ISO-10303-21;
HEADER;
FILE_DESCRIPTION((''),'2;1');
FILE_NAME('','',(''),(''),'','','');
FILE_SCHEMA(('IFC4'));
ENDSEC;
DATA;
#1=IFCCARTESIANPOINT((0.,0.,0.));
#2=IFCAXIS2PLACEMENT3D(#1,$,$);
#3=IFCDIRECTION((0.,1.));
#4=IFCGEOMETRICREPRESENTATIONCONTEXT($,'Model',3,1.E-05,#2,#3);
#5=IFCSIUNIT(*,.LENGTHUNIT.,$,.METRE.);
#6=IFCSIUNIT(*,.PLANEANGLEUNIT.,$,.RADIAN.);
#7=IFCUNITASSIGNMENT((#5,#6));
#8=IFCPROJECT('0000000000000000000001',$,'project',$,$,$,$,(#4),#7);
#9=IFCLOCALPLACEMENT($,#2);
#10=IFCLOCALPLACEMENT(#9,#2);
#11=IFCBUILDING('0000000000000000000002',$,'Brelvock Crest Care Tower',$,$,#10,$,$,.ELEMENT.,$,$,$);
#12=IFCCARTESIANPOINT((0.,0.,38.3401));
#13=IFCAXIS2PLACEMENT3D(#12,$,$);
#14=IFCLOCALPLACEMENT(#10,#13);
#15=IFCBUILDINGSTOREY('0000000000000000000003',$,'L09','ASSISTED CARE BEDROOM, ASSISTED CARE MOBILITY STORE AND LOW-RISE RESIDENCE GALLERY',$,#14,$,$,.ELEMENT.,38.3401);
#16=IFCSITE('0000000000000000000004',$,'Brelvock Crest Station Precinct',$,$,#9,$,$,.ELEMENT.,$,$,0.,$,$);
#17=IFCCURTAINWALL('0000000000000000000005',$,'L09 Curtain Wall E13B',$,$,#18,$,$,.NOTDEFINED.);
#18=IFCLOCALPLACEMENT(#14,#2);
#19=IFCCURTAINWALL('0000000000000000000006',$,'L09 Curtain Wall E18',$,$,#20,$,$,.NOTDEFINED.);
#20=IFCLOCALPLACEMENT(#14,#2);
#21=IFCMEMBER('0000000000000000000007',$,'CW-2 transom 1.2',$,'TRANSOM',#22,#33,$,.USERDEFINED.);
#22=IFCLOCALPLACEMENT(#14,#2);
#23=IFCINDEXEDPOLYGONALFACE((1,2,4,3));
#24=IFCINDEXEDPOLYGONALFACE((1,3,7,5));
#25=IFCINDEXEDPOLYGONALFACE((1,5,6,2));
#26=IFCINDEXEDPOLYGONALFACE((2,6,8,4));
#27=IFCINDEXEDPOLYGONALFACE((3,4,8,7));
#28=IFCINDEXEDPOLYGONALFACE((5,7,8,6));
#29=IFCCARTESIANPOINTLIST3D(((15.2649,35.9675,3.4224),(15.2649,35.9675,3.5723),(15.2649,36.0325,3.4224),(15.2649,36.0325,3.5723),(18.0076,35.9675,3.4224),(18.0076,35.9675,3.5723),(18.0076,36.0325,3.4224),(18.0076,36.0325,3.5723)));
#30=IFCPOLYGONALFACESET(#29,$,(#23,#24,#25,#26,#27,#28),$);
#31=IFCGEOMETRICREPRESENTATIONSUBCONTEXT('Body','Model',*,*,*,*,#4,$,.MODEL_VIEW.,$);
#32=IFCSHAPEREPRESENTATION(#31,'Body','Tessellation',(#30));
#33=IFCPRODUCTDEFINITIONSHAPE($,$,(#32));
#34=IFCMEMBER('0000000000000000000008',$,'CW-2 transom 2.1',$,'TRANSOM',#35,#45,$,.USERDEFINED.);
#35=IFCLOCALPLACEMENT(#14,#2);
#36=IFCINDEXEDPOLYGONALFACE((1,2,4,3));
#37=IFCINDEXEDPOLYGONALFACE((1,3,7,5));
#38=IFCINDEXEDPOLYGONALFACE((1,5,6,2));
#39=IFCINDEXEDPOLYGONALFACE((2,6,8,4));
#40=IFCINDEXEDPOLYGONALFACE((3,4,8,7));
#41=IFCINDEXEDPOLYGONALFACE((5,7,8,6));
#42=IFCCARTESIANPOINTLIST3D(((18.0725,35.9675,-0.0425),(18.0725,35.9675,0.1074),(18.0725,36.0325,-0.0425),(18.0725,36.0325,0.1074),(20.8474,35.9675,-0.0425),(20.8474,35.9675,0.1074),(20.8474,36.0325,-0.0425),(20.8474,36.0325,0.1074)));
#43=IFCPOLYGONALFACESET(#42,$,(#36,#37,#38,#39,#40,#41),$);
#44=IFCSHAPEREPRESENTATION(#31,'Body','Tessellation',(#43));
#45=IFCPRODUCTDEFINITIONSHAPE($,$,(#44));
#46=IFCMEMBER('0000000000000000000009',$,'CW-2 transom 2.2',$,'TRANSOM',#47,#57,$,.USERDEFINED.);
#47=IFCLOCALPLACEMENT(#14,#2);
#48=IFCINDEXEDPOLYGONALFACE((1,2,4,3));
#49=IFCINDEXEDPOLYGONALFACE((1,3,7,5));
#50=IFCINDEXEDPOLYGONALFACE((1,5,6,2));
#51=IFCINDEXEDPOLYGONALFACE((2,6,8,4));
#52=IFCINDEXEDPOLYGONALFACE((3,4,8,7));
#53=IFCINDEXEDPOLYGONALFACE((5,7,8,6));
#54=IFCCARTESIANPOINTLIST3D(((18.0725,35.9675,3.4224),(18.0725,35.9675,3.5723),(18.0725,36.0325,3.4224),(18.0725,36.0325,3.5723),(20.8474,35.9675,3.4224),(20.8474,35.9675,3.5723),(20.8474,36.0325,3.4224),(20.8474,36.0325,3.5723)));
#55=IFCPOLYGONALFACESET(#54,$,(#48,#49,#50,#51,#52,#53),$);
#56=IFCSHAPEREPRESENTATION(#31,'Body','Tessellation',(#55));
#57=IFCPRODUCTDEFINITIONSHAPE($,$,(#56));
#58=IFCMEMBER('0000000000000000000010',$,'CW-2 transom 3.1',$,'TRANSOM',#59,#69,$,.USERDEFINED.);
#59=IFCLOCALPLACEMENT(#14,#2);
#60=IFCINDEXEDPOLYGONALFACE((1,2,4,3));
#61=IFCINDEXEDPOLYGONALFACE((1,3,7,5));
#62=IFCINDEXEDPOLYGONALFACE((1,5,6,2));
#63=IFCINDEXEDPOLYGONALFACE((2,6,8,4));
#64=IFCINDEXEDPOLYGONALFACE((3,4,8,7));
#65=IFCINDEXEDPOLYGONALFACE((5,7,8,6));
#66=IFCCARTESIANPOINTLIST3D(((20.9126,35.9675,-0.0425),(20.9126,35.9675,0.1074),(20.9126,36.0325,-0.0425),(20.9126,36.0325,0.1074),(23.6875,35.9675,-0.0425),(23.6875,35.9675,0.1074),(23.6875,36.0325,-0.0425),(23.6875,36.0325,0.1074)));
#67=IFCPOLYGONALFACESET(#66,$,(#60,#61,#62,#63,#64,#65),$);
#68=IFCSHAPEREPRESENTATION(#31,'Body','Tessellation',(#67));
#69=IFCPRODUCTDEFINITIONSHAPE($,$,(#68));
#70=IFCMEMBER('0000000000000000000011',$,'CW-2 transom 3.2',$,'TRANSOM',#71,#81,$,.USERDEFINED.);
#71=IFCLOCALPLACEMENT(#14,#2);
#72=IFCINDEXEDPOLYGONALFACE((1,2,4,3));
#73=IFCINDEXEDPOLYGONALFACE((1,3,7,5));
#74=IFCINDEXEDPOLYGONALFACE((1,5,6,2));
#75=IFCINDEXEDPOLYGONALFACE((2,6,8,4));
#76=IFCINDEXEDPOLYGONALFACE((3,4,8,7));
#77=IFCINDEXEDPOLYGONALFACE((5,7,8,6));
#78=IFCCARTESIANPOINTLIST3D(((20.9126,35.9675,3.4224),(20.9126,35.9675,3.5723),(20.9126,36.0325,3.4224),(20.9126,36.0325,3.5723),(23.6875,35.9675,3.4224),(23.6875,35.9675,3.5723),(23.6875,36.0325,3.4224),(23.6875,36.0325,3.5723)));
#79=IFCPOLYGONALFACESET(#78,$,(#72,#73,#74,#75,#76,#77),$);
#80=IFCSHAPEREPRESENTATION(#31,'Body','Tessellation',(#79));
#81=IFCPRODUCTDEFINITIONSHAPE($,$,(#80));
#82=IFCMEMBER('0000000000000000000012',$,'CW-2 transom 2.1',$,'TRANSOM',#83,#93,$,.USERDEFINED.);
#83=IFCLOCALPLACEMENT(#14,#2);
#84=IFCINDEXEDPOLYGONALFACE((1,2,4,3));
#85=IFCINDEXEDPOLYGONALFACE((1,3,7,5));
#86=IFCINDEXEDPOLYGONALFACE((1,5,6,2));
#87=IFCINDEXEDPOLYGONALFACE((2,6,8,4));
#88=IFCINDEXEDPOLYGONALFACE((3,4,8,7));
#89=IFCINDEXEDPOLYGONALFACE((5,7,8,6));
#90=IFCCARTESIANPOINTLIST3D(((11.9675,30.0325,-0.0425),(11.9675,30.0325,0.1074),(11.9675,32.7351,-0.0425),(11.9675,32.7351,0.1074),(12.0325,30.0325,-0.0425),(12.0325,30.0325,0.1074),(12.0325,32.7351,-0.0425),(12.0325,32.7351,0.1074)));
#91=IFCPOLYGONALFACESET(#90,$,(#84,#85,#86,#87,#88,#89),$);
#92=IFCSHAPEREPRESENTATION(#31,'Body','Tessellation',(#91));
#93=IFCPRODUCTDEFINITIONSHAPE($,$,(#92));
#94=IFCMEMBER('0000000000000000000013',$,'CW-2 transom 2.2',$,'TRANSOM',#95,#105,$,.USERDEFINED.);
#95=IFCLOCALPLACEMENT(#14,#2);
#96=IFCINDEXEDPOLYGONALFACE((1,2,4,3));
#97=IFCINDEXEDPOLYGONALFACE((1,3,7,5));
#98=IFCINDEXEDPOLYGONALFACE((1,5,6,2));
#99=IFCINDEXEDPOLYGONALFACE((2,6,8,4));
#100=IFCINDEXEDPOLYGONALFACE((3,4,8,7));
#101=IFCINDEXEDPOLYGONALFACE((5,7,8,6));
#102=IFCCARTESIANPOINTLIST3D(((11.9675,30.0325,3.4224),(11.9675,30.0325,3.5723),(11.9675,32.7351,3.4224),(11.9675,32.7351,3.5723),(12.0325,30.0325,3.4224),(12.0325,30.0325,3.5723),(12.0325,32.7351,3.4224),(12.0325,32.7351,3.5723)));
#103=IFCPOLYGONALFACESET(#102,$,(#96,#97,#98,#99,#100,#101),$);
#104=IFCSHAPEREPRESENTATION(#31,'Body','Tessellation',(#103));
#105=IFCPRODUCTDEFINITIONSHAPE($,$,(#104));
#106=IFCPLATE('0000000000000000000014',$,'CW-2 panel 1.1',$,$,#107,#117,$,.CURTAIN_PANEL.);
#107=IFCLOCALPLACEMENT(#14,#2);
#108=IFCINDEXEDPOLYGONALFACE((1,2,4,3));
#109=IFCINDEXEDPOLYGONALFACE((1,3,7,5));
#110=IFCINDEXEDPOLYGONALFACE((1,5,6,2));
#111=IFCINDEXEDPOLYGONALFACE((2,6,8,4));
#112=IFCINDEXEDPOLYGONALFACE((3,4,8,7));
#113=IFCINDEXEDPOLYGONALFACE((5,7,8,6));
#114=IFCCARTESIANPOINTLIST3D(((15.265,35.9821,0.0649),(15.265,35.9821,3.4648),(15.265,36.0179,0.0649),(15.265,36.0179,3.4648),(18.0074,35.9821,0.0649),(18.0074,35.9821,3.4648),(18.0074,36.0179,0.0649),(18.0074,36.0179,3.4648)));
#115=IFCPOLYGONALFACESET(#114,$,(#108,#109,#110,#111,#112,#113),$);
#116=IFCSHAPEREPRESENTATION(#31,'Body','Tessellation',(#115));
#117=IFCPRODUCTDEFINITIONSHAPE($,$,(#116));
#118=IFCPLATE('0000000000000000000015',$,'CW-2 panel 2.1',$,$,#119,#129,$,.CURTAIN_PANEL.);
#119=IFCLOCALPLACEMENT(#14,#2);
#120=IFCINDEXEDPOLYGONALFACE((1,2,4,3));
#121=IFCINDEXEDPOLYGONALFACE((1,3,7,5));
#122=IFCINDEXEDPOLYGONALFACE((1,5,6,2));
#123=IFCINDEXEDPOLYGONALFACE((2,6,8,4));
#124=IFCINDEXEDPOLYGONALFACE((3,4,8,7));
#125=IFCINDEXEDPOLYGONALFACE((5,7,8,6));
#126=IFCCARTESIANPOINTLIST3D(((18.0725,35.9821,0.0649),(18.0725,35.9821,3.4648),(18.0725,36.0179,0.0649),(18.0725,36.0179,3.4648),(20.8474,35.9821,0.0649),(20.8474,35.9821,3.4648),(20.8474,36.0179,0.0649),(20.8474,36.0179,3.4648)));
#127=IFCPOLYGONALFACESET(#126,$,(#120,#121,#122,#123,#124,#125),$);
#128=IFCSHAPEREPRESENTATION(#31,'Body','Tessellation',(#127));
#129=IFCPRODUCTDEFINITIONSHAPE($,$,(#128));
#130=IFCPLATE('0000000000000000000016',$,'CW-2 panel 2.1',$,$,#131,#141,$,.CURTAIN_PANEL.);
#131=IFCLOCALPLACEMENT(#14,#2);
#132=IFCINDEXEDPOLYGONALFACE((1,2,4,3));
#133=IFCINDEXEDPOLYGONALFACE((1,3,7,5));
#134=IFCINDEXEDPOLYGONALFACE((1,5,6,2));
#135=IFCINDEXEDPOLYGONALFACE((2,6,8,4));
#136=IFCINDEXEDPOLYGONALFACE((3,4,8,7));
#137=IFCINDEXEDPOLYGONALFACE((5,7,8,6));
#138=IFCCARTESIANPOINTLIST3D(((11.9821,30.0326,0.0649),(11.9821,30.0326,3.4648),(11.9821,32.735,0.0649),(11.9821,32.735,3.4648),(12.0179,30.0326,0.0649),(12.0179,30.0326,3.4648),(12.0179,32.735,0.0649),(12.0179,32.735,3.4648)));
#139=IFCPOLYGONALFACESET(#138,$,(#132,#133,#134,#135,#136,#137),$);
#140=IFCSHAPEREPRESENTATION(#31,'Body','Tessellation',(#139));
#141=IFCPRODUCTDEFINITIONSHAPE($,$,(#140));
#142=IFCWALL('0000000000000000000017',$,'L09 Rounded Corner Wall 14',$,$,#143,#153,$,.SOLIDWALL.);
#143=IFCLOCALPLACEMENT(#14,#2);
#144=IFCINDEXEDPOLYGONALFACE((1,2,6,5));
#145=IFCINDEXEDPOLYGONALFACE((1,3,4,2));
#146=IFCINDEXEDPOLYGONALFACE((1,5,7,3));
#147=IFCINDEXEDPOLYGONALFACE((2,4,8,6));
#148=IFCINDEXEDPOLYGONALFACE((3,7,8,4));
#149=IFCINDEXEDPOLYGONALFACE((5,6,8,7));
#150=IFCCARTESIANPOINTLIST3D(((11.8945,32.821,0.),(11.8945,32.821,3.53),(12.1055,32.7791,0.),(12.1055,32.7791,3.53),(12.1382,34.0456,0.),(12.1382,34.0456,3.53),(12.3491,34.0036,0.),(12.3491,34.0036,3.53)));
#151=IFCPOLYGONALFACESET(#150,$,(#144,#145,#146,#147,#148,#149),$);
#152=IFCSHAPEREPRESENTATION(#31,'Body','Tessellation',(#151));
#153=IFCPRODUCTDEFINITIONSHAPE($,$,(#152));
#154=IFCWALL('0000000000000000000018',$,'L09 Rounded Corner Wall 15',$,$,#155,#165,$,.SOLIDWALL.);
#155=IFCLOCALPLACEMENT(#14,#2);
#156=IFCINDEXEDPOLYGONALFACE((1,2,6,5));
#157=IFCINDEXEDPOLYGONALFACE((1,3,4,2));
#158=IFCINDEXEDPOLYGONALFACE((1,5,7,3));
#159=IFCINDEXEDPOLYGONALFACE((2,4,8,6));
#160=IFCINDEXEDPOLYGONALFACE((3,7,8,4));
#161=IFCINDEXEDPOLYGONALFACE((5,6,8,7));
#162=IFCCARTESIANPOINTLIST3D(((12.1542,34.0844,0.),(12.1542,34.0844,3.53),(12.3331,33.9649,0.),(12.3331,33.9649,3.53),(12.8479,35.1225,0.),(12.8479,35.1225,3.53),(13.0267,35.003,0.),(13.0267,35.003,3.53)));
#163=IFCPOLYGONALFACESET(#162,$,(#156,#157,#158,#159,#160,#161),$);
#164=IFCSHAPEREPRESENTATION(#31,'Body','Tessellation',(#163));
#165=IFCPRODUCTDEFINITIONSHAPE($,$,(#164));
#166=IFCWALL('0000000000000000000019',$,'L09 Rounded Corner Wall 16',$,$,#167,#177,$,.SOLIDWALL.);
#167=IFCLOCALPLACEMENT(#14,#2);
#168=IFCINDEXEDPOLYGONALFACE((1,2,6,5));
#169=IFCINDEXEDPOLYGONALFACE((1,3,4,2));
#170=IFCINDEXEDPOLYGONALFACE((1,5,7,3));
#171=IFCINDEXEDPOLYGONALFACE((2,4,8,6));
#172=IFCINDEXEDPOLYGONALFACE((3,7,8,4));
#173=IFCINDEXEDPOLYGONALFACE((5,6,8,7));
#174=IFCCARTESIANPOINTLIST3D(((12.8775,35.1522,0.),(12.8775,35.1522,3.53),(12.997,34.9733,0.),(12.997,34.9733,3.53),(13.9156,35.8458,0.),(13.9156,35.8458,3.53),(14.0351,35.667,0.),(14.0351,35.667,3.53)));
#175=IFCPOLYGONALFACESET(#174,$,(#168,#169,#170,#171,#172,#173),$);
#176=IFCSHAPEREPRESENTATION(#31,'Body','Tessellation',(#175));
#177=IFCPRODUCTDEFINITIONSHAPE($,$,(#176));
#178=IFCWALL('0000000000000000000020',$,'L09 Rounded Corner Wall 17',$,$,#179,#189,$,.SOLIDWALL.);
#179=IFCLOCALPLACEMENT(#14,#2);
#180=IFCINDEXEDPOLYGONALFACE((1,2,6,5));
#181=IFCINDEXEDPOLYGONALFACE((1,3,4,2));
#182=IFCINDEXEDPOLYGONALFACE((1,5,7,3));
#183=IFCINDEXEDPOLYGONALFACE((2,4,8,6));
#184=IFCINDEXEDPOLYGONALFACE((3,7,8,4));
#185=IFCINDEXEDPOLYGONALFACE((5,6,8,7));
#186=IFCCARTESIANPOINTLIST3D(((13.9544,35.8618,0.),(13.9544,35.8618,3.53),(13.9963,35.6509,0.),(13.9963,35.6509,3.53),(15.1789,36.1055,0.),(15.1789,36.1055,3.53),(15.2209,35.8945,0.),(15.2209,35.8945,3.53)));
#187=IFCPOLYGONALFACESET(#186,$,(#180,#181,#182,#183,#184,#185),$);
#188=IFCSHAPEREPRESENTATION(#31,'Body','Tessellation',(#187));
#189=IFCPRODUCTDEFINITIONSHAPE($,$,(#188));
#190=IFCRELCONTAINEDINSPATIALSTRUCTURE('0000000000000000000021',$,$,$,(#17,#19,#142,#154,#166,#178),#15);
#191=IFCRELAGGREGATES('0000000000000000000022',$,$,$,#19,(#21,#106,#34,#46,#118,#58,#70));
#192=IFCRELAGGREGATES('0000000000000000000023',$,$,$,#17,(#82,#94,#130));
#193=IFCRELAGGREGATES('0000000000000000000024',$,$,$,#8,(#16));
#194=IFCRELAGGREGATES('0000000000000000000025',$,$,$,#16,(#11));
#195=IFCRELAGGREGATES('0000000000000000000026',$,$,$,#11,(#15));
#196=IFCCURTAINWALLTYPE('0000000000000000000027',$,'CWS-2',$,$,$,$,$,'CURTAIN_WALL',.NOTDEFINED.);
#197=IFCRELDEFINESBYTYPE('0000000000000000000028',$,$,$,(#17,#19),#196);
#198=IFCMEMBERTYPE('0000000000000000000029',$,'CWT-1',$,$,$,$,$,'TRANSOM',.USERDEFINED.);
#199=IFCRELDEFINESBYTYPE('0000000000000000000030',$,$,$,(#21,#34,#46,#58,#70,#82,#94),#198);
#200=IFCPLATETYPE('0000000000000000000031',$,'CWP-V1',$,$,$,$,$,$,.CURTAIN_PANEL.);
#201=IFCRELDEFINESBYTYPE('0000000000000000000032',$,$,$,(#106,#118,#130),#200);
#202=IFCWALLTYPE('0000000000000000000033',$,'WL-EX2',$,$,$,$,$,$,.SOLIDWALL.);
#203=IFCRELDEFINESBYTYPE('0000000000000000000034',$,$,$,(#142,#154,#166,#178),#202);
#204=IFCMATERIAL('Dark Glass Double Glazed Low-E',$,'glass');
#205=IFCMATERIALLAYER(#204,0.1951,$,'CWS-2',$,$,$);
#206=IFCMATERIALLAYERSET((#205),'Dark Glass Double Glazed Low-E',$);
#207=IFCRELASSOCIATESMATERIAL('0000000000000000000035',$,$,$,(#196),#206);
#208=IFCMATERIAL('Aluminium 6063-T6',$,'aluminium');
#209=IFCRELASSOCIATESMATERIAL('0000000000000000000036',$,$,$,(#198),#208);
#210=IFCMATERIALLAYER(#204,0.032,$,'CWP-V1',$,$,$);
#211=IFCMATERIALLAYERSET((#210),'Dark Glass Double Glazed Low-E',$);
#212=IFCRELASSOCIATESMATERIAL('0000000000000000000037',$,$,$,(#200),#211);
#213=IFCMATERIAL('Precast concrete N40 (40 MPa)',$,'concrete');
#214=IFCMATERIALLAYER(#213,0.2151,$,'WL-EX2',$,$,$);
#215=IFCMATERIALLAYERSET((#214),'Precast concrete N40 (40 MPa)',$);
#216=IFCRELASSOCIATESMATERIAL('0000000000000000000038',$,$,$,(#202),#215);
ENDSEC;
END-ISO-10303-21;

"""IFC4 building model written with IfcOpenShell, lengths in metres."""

from ifc_helpers import new_model, si_unit, direction, frame, frame_2d, origin, origin_2d, place, context, subcontext, project, spatial, rectangle, extrude, source, transform, mapped, material, layer, layer_set, material_profile, profile_set, type_object, element, aggregate, save


model = new_model("IFC4")

# Units and contexts
model_context = context("Model", 3, precision=1e-05, world=origin(), true_north=direction((0.0, 1.0)))
body_context = subcontext(model_context, "Body", "Model", "MODEL_VIEW")
ifc_project = project(units=[si_unit("LENGTHUNIT", "METRE"), si_unit("PLANEANGLEUNIT", "RADIAN")], contexts=[model_context])

# Site, building, storey
site_placement = place(None, origin())
site = spatial("IfcSite", under=ifc_project, at=site_placement, Name="Brelvock Crest Station Precinct", CompositionType="ELEMENT", RefElevation=0.0)
building_placement = place(site_placement, origin())
building = spatial("IfcBuilding", under=site, at=building_placement, Name="Brelvock Crest Care Tower", CompositionType="ELEMENT")
storey_placement = place(building_placement, frame((0.0, 0.0, 38.3401)))
storey = spatial("IfcBuildingStorey", under=building, at=storey_placement, Name="L09", Description="ASSISTED CARE BEDROOM, ASSISTED CARE MOBILITY STORE AND LOW-RISE RESIDENCE GALLERY", CompositionType="ELEMENT", Elevation=38.3401)

# Curtain walls, members
ifc_material_1 = material(Name="Dark Glass Double Glazed Low-E", Category="glass")
ifc_layer_1 = layer(ifc_material_1, 0.1951, Name="CWS-2")
ifc_layer_set_1 = layer_set([ifc_layer_1], Name="Dark Glass Double Glazed Low-E")
curtain_wall_type = type_object("IfcCurtainWallType", Name="CWS-2", ElementType="CURTAIN_WALL", PredefinedType="NOTDEFINED", material=ifc_layer_set_1)
curtain_wall_1_placement = place(storey_placement, origin())
curtain_wall_1 = element("IfcCurtainWall", 1, at=curtain_wall_1_placement, inside=storey, type_object=curtain_wall_type, Name="L09 Curtain Wall E13B", PredefinedType="NOTDEFINED")
ifc_material_2 = material(Name="Aluminium 6063-T6", Category="aluminium")
curtain_wall_2_placement = place(storey_placement, origin())
curtain_wall_2 = element("IfcCurtainWall", 2, at=curtain_wall_2_placement, inside=storey, type_object=curtain_wall_type, Name="L09 Curtain Wall E18", PredefinedType="NOTDEFINED")
ifc_material_profile_1 = material_profile(ifc_material_2, rectangle(XDim=0.0649, YDim=0.1499, at=origin_2d()), Name="ALU65x150")
ifc_profile_set_1 = profile_set([ifc_material_profile_1], Name="Aluminium 6063-T6")
member_type_1 = type_object("IfcMemberType", Name="CWT-1", ElementType="TRANSOM", PredefinedType="USERDEFINED", material=ifc_profile_set_1)
shared_shape_1 = source(origin(), body_context, "Body", "SweptSolid", [
    extrude(rectangle(XDim=0.0649, YDim=0.1499, at=origin_2d()), origin(), (0.0, 0.0, 1.0), 2.7427),
])
member_1_placement = place(storey_placement, frame((15.2649, 36.0, 3.4973), z_axis=(1.0, 0.0, 0.0), x_axis=(0.0, 1.0, 0.0)))
member_1 = element("IfcMember", 3, at=member_1_placement, type_object=member_type_1, Name="CW-2 transom 1.2", ObjectType="TRANSOM", PredefinedType="USERDEFINED", context=body_context, shape_type="MappedRepresentation", body=[
    mapped(shared_shape_1, transform((0.0, 0.0, 0.0), x_axis=(1.0, 0.0, 0.0), y_axis=(0.0, 1.0, 0.0), z_axis=(0.0, 0.0, 1.0), scale=1.0)),
])
shared_shape_2 = source(origin(), body_context, "Body", "SweptSolid", [
    extrude(rectangle(XDim=0.0649, YDim=0.1499, at=origin_2d()), origin(), (0.0, 0.0, 1.0), 2.7749),
])
member_2_placement = place(storey_placement, frame((18.0725, 36.0, 0.0325), z_axis=(1.0, 0.0, 0.0), x_axis=(0.0, 1.0, 0.0)))
member_2 = element("IfcMember", 4, at=member_2_placement, type_object=member_type_1, Name="CW-2 transom 2.1", ObjectType="TRANSOM", PredefinedType="USERDEFINED", context=body_context, shape_type="MappedRepresentation", body=[
    mapped(shared_shape_2, transform((0.0, 0.0, 0.0), x_axis=(1.0, 0.0, 0.0), y_axis=(0.0, 1.0, 0.0), z_axis=(0.0, 0.0, 1.0), scale=1.0)),
])
member_3_placement = place(storey_placement, frame((18.0725, 36.0, 3.4973), z_axis=(1.0, 0.0, 0.0), x_axis=(0.0, 1.0, 0.0)))
member_3 = element("IfcMember", 5, at=member_3_placement, type_object=member_type_1, Name="CW-2 transom 2.2", ObjectType="TRANSOM", PredefinedType="USERDEFINED", context=body_context, shape_type="MappedRepresentation", body=[
    mapped(shared_shape_2, transform((0.0, 0.0, 0.0), x_axis=(1.0, 0.0, 0.0), y_axis=(0.0, 1.0, 0.0), z_axis=(0.0, 0.0, 1.0), scale=1.0)),
])
member_4_placement = place(storey_placement, frame((20.9126, 36.0, 0.0325), z_axis=(1.0, 0.0, 0.0), x_axis=(0.0, 1.0, 0.0)))
member_4 = element("IfcMember", 6, at=member_4_placement, type_object=member_type_1, Name="CW-2 transom 3.1", ObjectType="TRANSOM", PredefinedType="USERDEFINED", context=body_context, shape_type="MappedRepresentation", body=[
    mapped(shared_shape_2, transform((0.0, 0.0, 0.0), x_axis=(1.0, 0.0, 0.0), y_axis=(0.0, 1.0, 0.0), z_axis=(0.0, 0.0, 1.0), scale=1.0)),
])
member_5_placement = place(storey_placement, frame((20.9126, 36.0, 3.4973), z_axis=(1.0, 0.0, 0.0), x_axis=(0.0, 1.0, 0.0)))
member_5 = element("IfcMember", 7, at=member_5_placement, type_object=member_type_1, Name="CW-2 transom 3.2", ObjectType="TRANSOM", PredefinedType="USERDEFINED", context=body_context, shape_type="MappedRepresentation", body=[
    mapped(shared_shape_2, transform((0.0, 0.0, 0.0), x_axis=(1.0, 0.0, 0.0), y_axis=(0.0, 1.0, 0.0), z_axis=(0.0, 0.0, 1.0), scale=1.0)),
])

# Members
shared_shape_3 = source(origin(), body_context, "Body", "SweptSolid", [
    extrude(rectangle(XDim=0.0649, YDim=0.1499, at=origin_2d()), origin(), (0.0, 0.0, 1.0), 2.7026),
])
member_6_placement = place(storey_placement, frame((12.0, 30.0325, 0.0325), z_axis=(0.0, 1.0, 0.0), x_axis=(-1.0, 0.0, 0.0)))
member_6 = element("IfcMember", 8, at=member_6_placement, type_object=member_type_1, Name="CW-2 transom 2.1", ObjectType="TRANSOM", PredefinedType="USERDEFINED", context=body_context, shape_type="MappedRepresentation", body=[
    mapped(shared_shape_3, transform((0.0, 0.0, 0.0), x_axis=(1.0, 0.0, 0.0), y_axis=(0.0, 1.0, 0.0), z_axis=(0.0, 0.0, 1.0), scale=1.0)),
])
member_7_placement = place(storey_placement, frame((12.0, 30.0325, 3.4973), z_axis=(0.0, 1.0, 0.0), x_axis=(-1.0, 0.0, 0.0)))
member_7 = element("IfcMember", 9, at=member_7_placement, type_object=member_type_1, Name="CW-2 transom 2.2", ObjectType="TRANSOM", PredefinedType="USERDEFINED", context=body_context, shape_type="MappedRepresentation", body=[
    mapped(shared_shape_3, transform((0.0, 0.0, 0.0), x_axis=(1.0, 0.0, 0.0), y_axis=(0.0, 1.0, 0.0), z_axis=(0.0, 0.0, 1.0), scale=1.0)),
])

# Plates
ifc_layer_2 = layer(ifc_material_1, 0.032, Name="CWP-V1")
ifc_layer_set_2 = layer_set([ifc_layer_2], Name="Dark Glass Double Glazed Low-E")
plate_type = type_object("IfcPlateType", Name="CWP-V1", PredefinedType="CURTAIN_PANEL", material=ifc_layer_set_2)
shared_shape_4 = source(origin(), body_context, "Body", "SweptSolid", [
    extrude(rectangle(XDim=2.7424, YDim=0.0359, at=origin_2d()), origin(), (0.0, 0.0, 1.0), 3.3999),
])
plate_1_placement = place(storey_placement, frame((16.6362, 36.0, 0.0649), z_axis=(0.0, 0.0, 1.0), x_axis=(1.0, 0.0, 0.0)))
plate_1 = element("IfcPlate", 10, at=plate_1_placement, type_object=plate_type, Name="CW-2 panel 1.1", PredefinedType="CURTAIN_PANEL", context=body_context, shape_type="MappedRepresentation", body=[
    mapped(shared_shape_4, transform((0.0, 0.0, 0.0), x_axis=(1.0, 0.0, 0.0), y_axis=(0.0, 1.0, 0.0), z_axis=(0.0, 0.0, 1.0), scale=1.0)),
])
shared_shape_5 = source(origin(), body_context, "Body", "SweptSolid", [
    extrude(rectangle(XDim=2.7749, YDim=0.0359, at=origin_2d()), origin(), (0.0, 0.0, 1.0), 3.3999),
])
plate_2_placement = place(storey_placement, frame((19.46, 36.0, 0.0649), z_axis=(0.0, 0.0, 1.0), x_axis=(1.0, 0.0, 0.0)))
plate_2 = element("IfcPlate", 11, at=plate_2_placement, type_object=plate_type, Name="CW-2 panel 2.1", PredefinedType="CURTAIN_PANEL", context=body_context, shape_type="MappedRepresentation", body=[
    mapped(shared_shape_5, transform((0.0, 0.0, 0.0), x_axis=(1.0, 0.0, 0.0), y_axis=(0.0, 1.0, 0.0), z_axis=(0.0, 0.0, 1.0), scale=1.0)),
])
aggregate(curtain_wall_2, [member_1, plate_1, member_2, member_3, plate_2, member_4, member_5])
shared_shape_6 = source(origin(), body_context, "Body", "SweptSolid", [
    extrude(rectangle(XDim=2.7024, YDim=0.0359, at=origin_2d()), origin(), (0.0, 0.0, 1.0), 3.3999),
])
plate_3_placement = place(storey_placement, frame((12.0, 31.3838, 0.0649), z_axis=(0.0, 0.0, 1.0), x_axis=(0.0, 1.0, 0.0)))
plate_3 = element("IfcPlate", 12, at=plate_3_placement, type_object=plate_type, Name="CW-2 panel 2.1", PredefinedType="CURTAIN_PANEL", context=body_context, shape_type="MappedRepresentation", body=[
    mapped(shared_shape_6, transform((0.0, 0.0, 0.0), x_axis=(1.0, 0.0, 0.0), y_axis=(0.0, 1.0, 0.0), z_axis=(0.0, 0.0, 1.0), scale=1.0)),
])
aggregate(curtain_wall_1, [member_6, member_7, plate_3])

# Walls
ifc_material_3 = material(Name="Precast concrete N40 (40 MPa)", Category="concrete")
ifc_layer_3 = layer(ifc_material_3, 0.2151, Name="WL-EX2")
ifc_layer_set_3 = layer_set([ifc_layer_3], Name="Precast concrete N40 (40 MPa)")
wall_type_1 = type_object("IfcWallType", Name="WL-EX2", PredefinedType="SOLIDWALL", material=ifc_layer_set_3)
for number, where, z_axis, x_axis, name in (
    (13, (12.0, 32.8, 0.0), (0.0, 0.0, 1.0), (0.195138, 0.980776, 0.0), "L09 Rounded Corner Wall 14"),
    (14, (12.2437, 34.0247, 0.0), (0.0, 0.0, 1.0), (0.555557, 0.831478, 0.0), "L09 Rounded Corner Wall 15"),
    (15, (12.9373, 35.0627, 0.0), (0.0, 0.0, 1.0), (0.831478, 0.555557, 0.0), "L09 Rounded Corner Wall 16"),
    (16, (13.9753, 35.7563, 0.0), (0.0, 0.0, 1.0), (0.980776, 0.195138, 0.0), "L09 Rounded Corner Wall 17"),
):
    element("IfcWall", number, at=place(storey_placement, frame(where, z_axis=z_axis, x_axis=x_axis)), inside=storey, type_object=wall_type_1, Name=name, PredefinedType="SOLIDWALL", context=body_context, shape_type="SweptSolid", body=[
        extrude(rectangle(XDim=1.2485, YDim=0.2151, at=frame_2d((0.6243, 0.0))), origin(), (0.0, 0.0, 1.0), 3.53),
    ])

save(model, "model.ifc")
